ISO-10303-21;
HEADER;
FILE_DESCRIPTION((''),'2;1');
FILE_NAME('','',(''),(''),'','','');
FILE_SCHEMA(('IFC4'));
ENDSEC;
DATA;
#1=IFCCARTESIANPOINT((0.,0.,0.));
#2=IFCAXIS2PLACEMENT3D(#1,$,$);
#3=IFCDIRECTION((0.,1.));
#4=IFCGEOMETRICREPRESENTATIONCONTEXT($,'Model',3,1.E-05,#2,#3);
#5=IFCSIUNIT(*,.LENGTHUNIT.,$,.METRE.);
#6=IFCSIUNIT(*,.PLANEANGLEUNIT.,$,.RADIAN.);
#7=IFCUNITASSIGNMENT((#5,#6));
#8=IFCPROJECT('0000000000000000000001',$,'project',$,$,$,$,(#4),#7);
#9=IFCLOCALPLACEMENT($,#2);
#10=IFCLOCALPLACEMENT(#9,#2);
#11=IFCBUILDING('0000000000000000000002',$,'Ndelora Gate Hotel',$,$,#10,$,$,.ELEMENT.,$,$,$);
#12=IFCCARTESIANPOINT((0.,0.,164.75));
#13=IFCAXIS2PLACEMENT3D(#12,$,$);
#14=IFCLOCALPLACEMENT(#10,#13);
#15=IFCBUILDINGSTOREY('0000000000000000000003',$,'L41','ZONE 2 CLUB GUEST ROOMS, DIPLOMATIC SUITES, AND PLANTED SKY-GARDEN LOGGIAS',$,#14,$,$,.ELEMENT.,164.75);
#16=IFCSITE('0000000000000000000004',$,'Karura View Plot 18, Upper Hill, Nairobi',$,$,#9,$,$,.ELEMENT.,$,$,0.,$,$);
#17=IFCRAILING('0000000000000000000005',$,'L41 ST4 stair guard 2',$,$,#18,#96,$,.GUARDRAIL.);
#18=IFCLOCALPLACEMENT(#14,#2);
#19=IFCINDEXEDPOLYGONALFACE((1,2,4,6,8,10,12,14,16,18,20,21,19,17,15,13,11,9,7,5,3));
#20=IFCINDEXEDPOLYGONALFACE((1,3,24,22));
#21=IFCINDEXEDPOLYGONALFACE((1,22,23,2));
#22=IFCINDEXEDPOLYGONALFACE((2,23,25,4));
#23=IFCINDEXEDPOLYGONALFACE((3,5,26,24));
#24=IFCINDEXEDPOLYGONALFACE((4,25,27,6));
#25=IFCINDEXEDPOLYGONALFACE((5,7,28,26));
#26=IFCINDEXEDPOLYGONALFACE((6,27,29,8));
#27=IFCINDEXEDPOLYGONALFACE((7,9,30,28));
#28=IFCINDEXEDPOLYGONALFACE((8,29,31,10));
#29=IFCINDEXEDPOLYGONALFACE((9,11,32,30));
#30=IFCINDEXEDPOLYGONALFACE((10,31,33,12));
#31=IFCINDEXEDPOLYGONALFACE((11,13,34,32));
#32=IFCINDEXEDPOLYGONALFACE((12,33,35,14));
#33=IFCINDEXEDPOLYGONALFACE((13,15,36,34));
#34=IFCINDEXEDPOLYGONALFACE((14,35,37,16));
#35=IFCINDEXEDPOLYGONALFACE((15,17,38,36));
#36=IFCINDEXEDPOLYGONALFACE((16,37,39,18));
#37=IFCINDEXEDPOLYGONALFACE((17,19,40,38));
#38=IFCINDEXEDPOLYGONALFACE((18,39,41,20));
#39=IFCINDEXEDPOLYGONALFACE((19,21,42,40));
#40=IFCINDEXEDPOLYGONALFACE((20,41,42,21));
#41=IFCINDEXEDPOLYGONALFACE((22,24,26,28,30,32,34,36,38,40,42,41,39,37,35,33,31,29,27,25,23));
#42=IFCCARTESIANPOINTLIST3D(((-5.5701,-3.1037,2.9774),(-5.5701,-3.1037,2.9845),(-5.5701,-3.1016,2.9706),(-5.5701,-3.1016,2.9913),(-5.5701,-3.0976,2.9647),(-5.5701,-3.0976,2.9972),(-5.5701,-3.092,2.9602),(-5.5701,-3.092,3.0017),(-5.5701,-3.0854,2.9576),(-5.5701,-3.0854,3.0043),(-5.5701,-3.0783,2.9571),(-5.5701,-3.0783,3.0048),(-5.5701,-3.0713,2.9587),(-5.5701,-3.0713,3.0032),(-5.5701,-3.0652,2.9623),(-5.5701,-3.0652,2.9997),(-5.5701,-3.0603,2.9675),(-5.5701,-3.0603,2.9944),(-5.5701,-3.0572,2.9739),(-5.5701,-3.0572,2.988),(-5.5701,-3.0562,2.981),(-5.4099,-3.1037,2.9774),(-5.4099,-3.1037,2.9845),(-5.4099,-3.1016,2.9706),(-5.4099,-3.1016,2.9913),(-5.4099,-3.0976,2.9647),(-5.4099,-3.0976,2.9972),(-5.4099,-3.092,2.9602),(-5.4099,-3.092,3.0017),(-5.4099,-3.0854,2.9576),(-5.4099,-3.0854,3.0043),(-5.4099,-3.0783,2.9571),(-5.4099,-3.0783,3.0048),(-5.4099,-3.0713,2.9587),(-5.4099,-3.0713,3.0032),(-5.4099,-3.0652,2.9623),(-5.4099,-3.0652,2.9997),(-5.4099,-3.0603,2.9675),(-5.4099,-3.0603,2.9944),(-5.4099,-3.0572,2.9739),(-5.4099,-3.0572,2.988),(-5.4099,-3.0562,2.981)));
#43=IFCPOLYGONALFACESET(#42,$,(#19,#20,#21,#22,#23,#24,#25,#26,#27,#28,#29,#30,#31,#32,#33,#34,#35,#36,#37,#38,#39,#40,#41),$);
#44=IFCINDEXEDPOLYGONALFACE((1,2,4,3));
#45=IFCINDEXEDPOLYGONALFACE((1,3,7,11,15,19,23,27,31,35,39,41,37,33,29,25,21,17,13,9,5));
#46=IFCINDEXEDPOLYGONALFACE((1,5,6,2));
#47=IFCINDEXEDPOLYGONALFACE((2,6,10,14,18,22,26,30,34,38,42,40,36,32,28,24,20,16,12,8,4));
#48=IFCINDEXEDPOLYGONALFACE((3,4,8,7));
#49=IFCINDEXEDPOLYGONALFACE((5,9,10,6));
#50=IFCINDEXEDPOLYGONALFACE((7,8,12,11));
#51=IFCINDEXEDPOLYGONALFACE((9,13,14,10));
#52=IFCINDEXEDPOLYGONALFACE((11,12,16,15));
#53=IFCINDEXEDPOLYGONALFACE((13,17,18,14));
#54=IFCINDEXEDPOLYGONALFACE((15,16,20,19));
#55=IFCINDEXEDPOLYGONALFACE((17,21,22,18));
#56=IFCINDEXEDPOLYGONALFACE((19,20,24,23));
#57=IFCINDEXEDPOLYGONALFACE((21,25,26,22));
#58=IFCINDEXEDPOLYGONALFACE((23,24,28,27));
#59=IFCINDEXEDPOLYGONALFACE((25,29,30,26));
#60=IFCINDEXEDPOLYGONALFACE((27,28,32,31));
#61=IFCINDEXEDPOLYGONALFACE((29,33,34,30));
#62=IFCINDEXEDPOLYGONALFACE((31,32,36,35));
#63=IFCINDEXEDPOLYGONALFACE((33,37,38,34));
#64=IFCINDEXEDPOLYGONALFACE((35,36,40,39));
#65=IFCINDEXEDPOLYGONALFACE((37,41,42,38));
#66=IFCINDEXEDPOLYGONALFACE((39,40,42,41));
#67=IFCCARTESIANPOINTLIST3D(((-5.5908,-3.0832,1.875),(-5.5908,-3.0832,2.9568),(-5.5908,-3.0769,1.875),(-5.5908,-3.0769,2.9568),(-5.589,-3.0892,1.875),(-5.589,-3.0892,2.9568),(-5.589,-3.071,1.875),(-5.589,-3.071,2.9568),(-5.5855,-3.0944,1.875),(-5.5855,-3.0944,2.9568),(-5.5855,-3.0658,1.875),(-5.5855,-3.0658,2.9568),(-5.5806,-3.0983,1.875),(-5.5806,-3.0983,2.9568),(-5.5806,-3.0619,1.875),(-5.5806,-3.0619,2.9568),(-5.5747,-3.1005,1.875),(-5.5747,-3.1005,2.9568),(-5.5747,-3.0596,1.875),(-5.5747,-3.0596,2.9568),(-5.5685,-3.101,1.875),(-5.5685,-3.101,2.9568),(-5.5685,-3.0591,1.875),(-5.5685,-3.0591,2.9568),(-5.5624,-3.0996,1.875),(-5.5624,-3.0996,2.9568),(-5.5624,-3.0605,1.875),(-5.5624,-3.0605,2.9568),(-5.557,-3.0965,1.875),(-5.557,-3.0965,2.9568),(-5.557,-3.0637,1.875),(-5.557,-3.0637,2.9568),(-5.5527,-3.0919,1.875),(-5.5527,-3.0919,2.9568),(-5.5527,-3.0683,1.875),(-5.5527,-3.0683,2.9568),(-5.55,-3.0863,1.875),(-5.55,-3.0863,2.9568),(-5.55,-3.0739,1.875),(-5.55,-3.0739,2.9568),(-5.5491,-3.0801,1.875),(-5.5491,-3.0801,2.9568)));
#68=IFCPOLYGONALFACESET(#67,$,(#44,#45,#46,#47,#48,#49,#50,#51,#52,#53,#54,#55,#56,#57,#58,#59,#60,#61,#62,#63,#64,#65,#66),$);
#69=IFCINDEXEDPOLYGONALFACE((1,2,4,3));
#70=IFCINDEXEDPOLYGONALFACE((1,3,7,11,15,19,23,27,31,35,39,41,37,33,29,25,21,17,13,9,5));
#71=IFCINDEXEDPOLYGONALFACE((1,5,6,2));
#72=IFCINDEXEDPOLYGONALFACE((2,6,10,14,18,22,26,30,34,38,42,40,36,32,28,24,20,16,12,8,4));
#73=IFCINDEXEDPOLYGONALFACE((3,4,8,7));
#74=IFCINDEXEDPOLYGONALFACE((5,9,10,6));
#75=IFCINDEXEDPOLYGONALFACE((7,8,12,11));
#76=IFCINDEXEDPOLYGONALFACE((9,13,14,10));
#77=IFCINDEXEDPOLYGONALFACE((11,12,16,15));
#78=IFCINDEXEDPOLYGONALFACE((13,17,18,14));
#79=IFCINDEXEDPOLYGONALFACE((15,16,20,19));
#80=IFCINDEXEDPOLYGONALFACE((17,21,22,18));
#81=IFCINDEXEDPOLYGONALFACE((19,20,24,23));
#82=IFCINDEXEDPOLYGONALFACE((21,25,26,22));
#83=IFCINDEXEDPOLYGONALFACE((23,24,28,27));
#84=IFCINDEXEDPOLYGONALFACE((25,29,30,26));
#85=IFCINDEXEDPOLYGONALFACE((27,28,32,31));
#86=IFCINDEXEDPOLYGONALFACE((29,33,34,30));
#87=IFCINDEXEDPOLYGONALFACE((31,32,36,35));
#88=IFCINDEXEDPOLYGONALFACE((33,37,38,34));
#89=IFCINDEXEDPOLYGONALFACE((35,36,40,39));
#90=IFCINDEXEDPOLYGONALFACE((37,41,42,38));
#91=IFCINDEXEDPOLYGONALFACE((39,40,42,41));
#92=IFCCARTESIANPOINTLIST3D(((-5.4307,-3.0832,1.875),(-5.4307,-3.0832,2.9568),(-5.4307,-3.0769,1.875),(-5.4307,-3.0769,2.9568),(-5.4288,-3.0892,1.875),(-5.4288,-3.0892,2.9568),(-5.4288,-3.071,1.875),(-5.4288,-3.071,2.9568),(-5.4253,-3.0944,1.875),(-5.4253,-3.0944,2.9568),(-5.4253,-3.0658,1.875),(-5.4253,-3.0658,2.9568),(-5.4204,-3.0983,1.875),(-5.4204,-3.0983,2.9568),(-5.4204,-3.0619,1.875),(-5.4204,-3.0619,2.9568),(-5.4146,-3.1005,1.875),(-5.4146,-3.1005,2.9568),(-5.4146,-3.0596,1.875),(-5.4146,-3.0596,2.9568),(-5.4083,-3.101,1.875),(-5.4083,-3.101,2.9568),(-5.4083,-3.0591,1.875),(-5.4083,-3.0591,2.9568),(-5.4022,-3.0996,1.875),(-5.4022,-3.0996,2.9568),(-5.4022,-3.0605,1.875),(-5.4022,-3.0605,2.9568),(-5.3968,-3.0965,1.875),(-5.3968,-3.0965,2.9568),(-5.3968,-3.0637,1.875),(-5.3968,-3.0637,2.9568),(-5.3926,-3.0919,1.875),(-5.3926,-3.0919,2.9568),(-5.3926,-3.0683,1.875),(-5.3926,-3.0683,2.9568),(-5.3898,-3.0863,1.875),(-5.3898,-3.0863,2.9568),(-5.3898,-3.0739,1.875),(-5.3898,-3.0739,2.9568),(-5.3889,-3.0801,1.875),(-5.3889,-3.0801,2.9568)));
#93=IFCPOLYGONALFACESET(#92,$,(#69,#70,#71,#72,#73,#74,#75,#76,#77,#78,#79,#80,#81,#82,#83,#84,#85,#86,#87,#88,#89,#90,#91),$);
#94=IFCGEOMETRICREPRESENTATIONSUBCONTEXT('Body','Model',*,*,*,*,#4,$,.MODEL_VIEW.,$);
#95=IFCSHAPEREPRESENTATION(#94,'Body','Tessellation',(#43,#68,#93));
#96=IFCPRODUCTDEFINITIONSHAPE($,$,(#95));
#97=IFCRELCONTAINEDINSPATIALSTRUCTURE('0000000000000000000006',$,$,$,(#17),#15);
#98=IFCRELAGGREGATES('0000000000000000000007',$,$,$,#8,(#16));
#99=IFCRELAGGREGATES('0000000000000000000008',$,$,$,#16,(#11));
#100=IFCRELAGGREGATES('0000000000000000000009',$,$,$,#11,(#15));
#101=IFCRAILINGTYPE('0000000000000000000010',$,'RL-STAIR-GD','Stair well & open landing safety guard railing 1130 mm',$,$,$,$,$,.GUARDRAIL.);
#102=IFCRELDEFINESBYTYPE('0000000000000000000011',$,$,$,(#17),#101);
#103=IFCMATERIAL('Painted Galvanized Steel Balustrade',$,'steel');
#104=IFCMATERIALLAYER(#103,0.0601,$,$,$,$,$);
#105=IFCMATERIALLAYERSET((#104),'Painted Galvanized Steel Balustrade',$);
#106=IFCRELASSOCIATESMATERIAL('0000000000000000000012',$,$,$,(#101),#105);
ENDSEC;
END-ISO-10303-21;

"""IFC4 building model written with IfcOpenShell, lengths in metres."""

from ifc_helpers import new_model, si_unit, direction, frame, origin, origin_2d, place, context, subcontext, project, spatial, circle, extrude, material, layer, layer_set, type_object, element, save


model = new_model("IFC4")

# Units and contexts
model_context = context("Model", 3, precision=1e-05, world=origin(), true_north=direction((0.0, 1.0)))
body_context = subcontext(model_context, "Body", "Model", "MODEL_VIEW")
ifc_project = project(units=[si_unit("LENGTHUNIT", "METRE"), si_unit("PLANEANGLEUNIT", "RADIAN")], contexts=[model_context])

# Site, building, storey
site_placement = place(None, origin())
site = spatial("IfcSite", under=ifc_project, at=site_placement, Name="Karura View Plot 18, Upper Hill, Nairobi", CompositionType="ELEMENT", RefElevation=0.0)
building_placement = place(site_placement, origin())
building = spatial("IfcBuilding", under=site, at=building_placement, Name="Ndelora Gate Hotel", CompositionType="ELEMENT")
storey_placement = place(building_placement, frame((0.0, 0.0, 164.75)))
storey = spatial("IfcBuildingStorey", under=building, at=storey_placement, Name="L41", Description="ZONE 2 CLUB GUEST ROOMS, DIPLOMATIC SUITES, AND PLANTED SKY-GARDEN LOGGIAS", CompositionType="ELEMENT", Elevation=164.75)

# Railing
ifc_material_1 = material(Name="Painted Galvanized Steel Balustrade", Category="steel")
ifc_layer_1 = layer(ifc_material_1, 0.0601)
ifc_layer_set_1 = layer_set([ifc_layer_1], Name="Painted Galvanized Steel Balustrade")
railing_type_1 = type_object("IfcRailingType", Name="RL-STAIR-GD", Description="Stair well & open landing safety guard railing 1130 mm", PredefinedType="GUARDRAIL", material=ifc_layer_set_1)
railing_1_placement = place(storey_placement, frame((-5.5701, -3.0801, 1.875)))
element("IfcRailing", 1, at=railing_1_placement, inside=storey, type_object=railing_type_1, Name="L41 ST4 stair guard 2", PredefinedType="GUARDRAIL", context=body_context, shape_type="SweptSolid", body=[
    extrude(circle(Radius=0.0239, at=origin_2d()), frame((0.0, 0.0, 1.106), z_axis=(1.0, 0.0, 0.0), x_axis=(0.0, 1.0, 0.0)), (0.0, 0.0, 1.0), 0.1602),
    extrude(circle(Radius=0.021, at=origin_2d()), origin(), (0.0, 0.0, 1.0), 1.0818),
    extrude(circle(Radius=0.021, at=origin_2d()), frame((0.1602, 0.0, 0.0)), (0.0, 0.0, 1.0), 1.0818),
])

save(model, "model.ifc")
